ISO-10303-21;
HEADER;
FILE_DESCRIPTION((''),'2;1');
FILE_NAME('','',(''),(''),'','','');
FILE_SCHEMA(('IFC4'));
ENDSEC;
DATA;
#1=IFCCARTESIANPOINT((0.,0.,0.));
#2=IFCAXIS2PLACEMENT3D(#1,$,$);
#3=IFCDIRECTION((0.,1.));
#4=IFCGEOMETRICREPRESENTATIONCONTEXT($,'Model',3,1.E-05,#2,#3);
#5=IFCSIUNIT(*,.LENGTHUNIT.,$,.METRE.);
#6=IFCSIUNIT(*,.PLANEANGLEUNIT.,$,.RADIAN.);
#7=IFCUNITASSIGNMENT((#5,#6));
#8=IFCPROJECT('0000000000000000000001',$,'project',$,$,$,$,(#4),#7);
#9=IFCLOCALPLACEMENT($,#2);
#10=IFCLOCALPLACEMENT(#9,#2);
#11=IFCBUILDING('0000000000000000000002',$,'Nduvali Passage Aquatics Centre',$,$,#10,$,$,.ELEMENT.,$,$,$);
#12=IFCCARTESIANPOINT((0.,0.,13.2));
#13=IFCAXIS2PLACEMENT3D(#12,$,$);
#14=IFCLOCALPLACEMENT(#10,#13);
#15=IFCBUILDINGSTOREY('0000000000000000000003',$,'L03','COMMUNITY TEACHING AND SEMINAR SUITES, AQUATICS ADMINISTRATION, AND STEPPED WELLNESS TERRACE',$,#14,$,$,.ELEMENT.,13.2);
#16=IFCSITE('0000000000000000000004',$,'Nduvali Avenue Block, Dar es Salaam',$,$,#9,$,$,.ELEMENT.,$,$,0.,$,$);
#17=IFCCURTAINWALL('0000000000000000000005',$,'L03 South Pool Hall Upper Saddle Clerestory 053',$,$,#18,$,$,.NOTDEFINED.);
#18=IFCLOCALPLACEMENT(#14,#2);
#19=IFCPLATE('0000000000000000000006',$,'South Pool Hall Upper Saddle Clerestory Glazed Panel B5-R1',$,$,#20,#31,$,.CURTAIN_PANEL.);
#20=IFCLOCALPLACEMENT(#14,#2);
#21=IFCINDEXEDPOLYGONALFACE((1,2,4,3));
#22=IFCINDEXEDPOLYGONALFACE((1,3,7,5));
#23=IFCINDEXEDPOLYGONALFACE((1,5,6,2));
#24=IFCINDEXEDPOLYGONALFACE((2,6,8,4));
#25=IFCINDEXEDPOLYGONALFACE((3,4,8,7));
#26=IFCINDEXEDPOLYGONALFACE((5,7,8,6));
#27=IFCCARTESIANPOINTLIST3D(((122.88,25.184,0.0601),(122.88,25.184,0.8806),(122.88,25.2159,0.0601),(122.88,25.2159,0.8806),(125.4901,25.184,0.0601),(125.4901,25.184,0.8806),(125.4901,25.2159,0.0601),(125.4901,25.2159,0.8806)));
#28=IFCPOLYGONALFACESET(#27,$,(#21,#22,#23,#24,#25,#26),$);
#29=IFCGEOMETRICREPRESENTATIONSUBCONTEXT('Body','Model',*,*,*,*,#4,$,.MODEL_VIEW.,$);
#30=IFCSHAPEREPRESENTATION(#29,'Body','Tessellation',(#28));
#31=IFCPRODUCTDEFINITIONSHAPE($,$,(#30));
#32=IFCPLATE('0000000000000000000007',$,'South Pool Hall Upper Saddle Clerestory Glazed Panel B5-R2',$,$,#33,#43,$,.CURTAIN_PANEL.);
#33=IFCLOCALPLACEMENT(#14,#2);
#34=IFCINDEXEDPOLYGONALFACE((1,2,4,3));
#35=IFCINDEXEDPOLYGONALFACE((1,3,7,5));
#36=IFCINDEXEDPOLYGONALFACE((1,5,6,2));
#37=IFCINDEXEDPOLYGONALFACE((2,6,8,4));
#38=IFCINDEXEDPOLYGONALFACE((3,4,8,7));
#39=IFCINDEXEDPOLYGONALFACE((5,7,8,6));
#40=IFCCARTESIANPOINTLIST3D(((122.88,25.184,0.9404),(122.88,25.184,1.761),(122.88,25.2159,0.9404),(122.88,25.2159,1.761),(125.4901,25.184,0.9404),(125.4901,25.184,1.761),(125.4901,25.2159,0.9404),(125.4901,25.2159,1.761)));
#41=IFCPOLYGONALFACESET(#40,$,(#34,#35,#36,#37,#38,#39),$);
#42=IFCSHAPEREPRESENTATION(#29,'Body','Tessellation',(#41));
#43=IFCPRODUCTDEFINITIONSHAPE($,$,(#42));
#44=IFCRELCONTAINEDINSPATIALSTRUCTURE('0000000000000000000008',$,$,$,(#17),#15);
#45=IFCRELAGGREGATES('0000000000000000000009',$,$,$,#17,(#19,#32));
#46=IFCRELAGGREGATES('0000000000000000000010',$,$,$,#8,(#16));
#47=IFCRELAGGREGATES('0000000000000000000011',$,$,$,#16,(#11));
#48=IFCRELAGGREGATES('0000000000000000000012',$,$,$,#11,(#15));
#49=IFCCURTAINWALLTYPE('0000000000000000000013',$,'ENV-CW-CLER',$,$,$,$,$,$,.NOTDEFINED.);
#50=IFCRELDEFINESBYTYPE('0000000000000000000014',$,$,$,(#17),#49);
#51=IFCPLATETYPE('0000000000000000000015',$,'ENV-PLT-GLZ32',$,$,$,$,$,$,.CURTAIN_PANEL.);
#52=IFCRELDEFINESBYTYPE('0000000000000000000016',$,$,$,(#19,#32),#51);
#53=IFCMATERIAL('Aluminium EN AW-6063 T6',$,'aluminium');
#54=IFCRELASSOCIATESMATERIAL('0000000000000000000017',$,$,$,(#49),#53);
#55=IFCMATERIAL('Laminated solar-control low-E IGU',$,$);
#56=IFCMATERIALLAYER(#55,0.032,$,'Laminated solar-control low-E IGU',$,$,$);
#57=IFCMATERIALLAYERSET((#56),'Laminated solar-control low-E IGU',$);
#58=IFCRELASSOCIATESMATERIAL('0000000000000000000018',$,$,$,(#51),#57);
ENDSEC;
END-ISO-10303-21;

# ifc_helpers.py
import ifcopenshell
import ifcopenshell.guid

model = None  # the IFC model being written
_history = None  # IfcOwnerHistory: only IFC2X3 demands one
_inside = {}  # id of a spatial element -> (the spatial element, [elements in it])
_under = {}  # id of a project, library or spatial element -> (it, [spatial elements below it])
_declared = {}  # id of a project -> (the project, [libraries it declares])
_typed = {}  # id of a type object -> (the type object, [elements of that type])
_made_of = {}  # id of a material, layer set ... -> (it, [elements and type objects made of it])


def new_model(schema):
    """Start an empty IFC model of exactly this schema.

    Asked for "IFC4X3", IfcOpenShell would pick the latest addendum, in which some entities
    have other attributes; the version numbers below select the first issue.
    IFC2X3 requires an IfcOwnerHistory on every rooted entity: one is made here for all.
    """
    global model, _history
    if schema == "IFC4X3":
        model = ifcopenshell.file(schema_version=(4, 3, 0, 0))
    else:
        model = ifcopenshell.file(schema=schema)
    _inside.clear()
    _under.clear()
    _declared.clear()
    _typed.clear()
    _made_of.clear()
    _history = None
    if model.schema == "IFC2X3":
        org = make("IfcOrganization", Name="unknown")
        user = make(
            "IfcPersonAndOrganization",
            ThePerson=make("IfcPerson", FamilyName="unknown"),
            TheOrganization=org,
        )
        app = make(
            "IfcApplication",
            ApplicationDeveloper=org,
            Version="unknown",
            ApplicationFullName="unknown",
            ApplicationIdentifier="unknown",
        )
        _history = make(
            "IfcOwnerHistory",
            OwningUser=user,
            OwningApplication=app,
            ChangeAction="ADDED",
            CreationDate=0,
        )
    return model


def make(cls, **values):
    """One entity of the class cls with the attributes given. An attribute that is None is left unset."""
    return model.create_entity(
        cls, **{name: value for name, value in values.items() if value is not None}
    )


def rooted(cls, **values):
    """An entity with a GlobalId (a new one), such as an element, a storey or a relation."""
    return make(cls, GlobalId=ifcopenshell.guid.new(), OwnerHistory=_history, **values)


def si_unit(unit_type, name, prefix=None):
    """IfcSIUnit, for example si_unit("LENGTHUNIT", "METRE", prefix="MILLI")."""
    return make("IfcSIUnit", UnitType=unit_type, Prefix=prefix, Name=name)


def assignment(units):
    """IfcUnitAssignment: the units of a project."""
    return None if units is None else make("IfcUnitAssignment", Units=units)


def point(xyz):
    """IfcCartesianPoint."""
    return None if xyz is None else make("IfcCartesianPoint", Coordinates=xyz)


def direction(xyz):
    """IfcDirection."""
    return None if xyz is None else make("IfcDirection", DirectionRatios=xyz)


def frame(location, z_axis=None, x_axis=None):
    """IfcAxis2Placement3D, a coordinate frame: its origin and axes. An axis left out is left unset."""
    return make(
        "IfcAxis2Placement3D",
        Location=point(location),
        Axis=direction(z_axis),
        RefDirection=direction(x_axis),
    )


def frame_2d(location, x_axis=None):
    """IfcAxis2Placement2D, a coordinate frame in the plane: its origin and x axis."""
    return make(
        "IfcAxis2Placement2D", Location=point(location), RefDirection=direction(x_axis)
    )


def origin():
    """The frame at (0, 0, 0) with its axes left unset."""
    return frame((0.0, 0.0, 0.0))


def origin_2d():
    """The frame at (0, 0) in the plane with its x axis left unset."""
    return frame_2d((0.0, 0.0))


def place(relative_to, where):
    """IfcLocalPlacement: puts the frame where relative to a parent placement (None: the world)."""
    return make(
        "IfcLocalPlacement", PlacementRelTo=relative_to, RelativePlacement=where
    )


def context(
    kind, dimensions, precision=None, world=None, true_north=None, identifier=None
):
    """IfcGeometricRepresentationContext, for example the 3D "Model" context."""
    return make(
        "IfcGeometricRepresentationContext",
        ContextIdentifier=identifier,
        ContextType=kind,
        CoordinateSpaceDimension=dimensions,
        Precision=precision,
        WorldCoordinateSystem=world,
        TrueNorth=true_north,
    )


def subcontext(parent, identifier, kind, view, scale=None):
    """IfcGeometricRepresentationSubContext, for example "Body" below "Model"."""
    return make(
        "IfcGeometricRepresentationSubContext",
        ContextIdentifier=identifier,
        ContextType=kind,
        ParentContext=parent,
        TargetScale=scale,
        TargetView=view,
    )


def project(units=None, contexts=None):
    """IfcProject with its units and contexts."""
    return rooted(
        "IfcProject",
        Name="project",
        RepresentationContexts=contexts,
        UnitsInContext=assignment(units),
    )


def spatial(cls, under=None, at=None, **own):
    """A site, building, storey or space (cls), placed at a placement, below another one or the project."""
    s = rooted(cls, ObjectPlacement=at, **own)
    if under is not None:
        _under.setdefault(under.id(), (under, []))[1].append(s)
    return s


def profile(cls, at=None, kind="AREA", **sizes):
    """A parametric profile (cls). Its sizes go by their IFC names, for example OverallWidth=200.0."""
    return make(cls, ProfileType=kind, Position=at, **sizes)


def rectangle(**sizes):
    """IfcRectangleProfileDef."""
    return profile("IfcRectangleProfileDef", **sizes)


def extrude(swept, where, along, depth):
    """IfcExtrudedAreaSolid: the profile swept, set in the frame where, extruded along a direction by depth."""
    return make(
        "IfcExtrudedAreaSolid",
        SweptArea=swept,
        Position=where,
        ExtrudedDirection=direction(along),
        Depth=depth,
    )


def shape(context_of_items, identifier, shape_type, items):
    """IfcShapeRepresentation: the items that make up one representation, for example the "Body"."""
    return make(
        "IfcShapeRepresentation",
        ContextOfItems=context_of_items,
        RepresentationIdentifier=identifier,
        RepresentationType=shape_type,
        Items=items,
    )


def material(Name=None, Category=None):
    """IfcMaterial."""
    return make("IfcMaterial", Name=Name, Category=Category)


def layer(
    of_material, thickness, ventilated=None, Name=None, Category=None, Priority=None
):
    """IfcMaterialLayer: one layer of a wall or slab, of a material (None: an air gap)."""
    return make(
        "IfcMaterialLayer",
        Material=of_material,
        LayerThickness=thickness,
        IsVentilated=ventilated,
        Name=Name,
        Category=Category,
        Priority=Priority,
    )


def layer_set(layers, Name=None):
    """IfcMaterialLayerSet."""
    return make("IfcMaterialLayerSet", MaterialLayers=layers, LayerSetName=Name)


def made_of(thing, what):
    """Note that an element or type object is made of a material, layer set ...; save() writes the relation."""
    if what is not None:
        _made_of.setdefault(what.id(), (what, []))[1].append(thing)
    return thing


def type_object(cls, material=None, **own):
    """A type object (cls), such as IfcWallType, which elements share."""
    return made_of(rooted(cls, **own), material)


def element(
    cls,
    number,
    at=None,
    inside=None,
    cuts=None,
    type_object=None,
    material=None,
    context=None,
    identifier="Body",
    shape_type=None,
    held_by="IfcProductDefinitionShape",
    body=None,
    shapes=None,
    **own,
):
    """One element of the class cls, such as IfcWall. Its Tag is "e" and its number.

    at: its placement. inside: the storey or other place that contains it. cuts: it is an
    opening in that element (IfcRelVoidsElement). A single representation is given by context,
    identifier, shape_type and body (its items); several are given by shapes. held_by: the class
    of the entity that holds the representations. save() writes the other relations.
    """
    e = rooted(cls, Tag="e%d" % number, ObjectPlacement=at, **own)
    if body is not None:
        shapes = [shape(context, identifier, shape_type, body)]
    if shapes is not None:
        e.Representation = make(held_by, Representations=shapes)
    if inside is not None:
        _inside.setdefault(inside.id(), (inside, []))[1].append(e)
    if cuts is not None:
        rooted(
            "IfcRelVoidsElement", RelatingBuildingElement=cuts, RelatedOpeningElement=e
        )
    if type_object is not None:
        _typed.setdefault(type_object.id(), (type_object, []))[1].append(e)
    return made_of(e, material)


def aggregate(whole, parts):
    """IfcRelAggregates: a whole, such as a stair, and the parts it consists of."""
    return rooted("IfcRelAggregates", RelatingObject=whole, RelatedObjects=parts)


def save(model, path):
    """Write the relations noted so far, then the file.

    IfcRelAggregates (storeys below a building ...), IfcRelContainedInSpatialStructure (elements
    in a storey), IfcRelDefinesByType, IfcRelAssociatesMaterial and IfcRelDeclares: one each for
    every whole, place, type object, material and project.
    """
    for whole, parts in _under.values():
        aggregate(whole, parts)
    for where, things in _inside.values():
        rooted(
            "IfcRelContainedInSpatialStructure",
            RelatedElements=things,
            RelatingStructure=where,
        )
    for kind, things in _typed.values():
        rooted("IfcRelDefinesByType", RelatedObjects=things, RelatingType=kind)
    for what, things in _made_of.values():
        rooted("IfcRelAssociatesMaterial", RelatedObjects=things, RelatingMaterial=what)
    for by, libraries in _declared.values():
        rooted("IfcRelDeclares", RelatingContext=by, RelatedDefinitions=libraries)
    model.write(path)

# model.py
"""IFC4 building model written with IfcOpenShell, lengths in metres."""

from ifc_helpers import new_model, si_unit, direction, frame, origin, origin_2d, place, context, subcontext, project, spatial, rectangle, extrude, material, layer, layer_set, type_object, element, aggregate, save


model = new_model("IFC4")

# Units and contexts
model_context = context("Model", 3, precision=1e-05, world=origin(), true_north=direction((0.0, 1.0)))
body_context = subcontext(model_context, "Body", "Model", "MODEL_VIEW")
ifc_project = project(units=[si_unit("LENGTHUNIT", "METRE"), si_unit("PLANEANGLEUNIT", "RADIAN")], contexts=[model_context])

# Site, building, storey
site_placement = place(None, origin())
site = spatial("IfcSite", under=ifc_project, at=site_placement, Name="Nduvali Avenue Block, Dar es Salaam", CompositionType="ELEMENT", RefElevation=0.0)
building_placement = place(site_placement, origin())
building = spatial("IfcBuilding", under=site, at=building_placement, Name="Nduvali Passage Aquatics Centre", CompositionType="ELEMENT")
storey_placement = place(building_placement, frame((0.0, 0.0, 13.2)))
storey = spatial("IfcBuildingStorey", under=building, at=storey_placement, Name="L03", Description="COMMUNITY TEACHING AND SEMINAR SUITES, AQUATICS ADMINISTRATION, AND STEPPED WELLNESS TERRACE", CompositionType="ELEMENT", Elevation=13.2)

# Shared definitions
ifc_material_1 = material(Name="Aluminium EN AW-6063 T6", Category="aluminium")
curtain_wall_type = type_object("IfcCurtainWallType", Name="ENV-CW-CLER", PredefinedType="NOTDEFINED", material=ifc_material_1)

# Curtain wall
curtain_wall_1_placement = place(storey_placement, origin())
curtain_wall_1 = element("IfcCurtainWall", 1, at=curtain_wall_1_placement, inside=storey, type_object=curtain_wall_type, Name="L03 South Pool Hall Upper Saddle Clerestory 053", PredefinedType="NOTDEFINED")

# Plates
ifc_material_2 = material(Name="Laminated solar-control low-E IGU")
ifc_layer = layer(ifc_material_2, 0.032, Name="Laminated solar-control low-E IGU")
ifc_layer_set = layer_set([ifc_layer], Name="Laminated solar-control low-E IGU")
plate_type = type_object("IfcPlateType", Name="ENV-PLT-GLZ32", PredefinedType="CURTAIN_PANEL", material=ifc_layer_set)
plate_1_placement = place(storey_placement, frame((124.1851, 25.2, 0.0601), z_axis=(0.0, 0.0, 1.0), x_axis=(1.0, 0.0, 0.0)))
plate_1 = element("IfcPlate", 2, at=plate_1_placement, type_object=plate_type, Name="South Pool Hall Upper Saddle Clerestory Glazed Panel B5-R1", PredefinedType="CURTAIN_PANEL", context=body_context, shape_type="SweptSolid", body=[
    extrude(rectangle(XDim=2.6101, YDim=0.032, at=origin_2d()), origin(), (0.0, 0.0, 1.0), 0.8206),
])
plate_2_placement = place(storey_placement, frame((124.1851, 25.2, 0.9404), z_axis=(0.0, 0.0, 1.0), x_axis=(1.0, 0.0, 0.0)))
plate_2 = element("IfcPlate", 3, at=plate_2_placement, type_object=plate_type, Name="South Pool Hall Upper Saddle Clerestory Glazed Panel B5-R2", PredefinedType="CURTAIN_PANEL", context=body_context, shape_type="SweptSolid", body=[
    extrude(rectangle(XDim=2.6101, YDim=0.032, at=origin_2d()), origin(), (0.0, 0.0, 1.0), 0.8206),
])
aggregate(curtain_wall_1, [plate_1, plate_2])

save(model, "model.ifc")
